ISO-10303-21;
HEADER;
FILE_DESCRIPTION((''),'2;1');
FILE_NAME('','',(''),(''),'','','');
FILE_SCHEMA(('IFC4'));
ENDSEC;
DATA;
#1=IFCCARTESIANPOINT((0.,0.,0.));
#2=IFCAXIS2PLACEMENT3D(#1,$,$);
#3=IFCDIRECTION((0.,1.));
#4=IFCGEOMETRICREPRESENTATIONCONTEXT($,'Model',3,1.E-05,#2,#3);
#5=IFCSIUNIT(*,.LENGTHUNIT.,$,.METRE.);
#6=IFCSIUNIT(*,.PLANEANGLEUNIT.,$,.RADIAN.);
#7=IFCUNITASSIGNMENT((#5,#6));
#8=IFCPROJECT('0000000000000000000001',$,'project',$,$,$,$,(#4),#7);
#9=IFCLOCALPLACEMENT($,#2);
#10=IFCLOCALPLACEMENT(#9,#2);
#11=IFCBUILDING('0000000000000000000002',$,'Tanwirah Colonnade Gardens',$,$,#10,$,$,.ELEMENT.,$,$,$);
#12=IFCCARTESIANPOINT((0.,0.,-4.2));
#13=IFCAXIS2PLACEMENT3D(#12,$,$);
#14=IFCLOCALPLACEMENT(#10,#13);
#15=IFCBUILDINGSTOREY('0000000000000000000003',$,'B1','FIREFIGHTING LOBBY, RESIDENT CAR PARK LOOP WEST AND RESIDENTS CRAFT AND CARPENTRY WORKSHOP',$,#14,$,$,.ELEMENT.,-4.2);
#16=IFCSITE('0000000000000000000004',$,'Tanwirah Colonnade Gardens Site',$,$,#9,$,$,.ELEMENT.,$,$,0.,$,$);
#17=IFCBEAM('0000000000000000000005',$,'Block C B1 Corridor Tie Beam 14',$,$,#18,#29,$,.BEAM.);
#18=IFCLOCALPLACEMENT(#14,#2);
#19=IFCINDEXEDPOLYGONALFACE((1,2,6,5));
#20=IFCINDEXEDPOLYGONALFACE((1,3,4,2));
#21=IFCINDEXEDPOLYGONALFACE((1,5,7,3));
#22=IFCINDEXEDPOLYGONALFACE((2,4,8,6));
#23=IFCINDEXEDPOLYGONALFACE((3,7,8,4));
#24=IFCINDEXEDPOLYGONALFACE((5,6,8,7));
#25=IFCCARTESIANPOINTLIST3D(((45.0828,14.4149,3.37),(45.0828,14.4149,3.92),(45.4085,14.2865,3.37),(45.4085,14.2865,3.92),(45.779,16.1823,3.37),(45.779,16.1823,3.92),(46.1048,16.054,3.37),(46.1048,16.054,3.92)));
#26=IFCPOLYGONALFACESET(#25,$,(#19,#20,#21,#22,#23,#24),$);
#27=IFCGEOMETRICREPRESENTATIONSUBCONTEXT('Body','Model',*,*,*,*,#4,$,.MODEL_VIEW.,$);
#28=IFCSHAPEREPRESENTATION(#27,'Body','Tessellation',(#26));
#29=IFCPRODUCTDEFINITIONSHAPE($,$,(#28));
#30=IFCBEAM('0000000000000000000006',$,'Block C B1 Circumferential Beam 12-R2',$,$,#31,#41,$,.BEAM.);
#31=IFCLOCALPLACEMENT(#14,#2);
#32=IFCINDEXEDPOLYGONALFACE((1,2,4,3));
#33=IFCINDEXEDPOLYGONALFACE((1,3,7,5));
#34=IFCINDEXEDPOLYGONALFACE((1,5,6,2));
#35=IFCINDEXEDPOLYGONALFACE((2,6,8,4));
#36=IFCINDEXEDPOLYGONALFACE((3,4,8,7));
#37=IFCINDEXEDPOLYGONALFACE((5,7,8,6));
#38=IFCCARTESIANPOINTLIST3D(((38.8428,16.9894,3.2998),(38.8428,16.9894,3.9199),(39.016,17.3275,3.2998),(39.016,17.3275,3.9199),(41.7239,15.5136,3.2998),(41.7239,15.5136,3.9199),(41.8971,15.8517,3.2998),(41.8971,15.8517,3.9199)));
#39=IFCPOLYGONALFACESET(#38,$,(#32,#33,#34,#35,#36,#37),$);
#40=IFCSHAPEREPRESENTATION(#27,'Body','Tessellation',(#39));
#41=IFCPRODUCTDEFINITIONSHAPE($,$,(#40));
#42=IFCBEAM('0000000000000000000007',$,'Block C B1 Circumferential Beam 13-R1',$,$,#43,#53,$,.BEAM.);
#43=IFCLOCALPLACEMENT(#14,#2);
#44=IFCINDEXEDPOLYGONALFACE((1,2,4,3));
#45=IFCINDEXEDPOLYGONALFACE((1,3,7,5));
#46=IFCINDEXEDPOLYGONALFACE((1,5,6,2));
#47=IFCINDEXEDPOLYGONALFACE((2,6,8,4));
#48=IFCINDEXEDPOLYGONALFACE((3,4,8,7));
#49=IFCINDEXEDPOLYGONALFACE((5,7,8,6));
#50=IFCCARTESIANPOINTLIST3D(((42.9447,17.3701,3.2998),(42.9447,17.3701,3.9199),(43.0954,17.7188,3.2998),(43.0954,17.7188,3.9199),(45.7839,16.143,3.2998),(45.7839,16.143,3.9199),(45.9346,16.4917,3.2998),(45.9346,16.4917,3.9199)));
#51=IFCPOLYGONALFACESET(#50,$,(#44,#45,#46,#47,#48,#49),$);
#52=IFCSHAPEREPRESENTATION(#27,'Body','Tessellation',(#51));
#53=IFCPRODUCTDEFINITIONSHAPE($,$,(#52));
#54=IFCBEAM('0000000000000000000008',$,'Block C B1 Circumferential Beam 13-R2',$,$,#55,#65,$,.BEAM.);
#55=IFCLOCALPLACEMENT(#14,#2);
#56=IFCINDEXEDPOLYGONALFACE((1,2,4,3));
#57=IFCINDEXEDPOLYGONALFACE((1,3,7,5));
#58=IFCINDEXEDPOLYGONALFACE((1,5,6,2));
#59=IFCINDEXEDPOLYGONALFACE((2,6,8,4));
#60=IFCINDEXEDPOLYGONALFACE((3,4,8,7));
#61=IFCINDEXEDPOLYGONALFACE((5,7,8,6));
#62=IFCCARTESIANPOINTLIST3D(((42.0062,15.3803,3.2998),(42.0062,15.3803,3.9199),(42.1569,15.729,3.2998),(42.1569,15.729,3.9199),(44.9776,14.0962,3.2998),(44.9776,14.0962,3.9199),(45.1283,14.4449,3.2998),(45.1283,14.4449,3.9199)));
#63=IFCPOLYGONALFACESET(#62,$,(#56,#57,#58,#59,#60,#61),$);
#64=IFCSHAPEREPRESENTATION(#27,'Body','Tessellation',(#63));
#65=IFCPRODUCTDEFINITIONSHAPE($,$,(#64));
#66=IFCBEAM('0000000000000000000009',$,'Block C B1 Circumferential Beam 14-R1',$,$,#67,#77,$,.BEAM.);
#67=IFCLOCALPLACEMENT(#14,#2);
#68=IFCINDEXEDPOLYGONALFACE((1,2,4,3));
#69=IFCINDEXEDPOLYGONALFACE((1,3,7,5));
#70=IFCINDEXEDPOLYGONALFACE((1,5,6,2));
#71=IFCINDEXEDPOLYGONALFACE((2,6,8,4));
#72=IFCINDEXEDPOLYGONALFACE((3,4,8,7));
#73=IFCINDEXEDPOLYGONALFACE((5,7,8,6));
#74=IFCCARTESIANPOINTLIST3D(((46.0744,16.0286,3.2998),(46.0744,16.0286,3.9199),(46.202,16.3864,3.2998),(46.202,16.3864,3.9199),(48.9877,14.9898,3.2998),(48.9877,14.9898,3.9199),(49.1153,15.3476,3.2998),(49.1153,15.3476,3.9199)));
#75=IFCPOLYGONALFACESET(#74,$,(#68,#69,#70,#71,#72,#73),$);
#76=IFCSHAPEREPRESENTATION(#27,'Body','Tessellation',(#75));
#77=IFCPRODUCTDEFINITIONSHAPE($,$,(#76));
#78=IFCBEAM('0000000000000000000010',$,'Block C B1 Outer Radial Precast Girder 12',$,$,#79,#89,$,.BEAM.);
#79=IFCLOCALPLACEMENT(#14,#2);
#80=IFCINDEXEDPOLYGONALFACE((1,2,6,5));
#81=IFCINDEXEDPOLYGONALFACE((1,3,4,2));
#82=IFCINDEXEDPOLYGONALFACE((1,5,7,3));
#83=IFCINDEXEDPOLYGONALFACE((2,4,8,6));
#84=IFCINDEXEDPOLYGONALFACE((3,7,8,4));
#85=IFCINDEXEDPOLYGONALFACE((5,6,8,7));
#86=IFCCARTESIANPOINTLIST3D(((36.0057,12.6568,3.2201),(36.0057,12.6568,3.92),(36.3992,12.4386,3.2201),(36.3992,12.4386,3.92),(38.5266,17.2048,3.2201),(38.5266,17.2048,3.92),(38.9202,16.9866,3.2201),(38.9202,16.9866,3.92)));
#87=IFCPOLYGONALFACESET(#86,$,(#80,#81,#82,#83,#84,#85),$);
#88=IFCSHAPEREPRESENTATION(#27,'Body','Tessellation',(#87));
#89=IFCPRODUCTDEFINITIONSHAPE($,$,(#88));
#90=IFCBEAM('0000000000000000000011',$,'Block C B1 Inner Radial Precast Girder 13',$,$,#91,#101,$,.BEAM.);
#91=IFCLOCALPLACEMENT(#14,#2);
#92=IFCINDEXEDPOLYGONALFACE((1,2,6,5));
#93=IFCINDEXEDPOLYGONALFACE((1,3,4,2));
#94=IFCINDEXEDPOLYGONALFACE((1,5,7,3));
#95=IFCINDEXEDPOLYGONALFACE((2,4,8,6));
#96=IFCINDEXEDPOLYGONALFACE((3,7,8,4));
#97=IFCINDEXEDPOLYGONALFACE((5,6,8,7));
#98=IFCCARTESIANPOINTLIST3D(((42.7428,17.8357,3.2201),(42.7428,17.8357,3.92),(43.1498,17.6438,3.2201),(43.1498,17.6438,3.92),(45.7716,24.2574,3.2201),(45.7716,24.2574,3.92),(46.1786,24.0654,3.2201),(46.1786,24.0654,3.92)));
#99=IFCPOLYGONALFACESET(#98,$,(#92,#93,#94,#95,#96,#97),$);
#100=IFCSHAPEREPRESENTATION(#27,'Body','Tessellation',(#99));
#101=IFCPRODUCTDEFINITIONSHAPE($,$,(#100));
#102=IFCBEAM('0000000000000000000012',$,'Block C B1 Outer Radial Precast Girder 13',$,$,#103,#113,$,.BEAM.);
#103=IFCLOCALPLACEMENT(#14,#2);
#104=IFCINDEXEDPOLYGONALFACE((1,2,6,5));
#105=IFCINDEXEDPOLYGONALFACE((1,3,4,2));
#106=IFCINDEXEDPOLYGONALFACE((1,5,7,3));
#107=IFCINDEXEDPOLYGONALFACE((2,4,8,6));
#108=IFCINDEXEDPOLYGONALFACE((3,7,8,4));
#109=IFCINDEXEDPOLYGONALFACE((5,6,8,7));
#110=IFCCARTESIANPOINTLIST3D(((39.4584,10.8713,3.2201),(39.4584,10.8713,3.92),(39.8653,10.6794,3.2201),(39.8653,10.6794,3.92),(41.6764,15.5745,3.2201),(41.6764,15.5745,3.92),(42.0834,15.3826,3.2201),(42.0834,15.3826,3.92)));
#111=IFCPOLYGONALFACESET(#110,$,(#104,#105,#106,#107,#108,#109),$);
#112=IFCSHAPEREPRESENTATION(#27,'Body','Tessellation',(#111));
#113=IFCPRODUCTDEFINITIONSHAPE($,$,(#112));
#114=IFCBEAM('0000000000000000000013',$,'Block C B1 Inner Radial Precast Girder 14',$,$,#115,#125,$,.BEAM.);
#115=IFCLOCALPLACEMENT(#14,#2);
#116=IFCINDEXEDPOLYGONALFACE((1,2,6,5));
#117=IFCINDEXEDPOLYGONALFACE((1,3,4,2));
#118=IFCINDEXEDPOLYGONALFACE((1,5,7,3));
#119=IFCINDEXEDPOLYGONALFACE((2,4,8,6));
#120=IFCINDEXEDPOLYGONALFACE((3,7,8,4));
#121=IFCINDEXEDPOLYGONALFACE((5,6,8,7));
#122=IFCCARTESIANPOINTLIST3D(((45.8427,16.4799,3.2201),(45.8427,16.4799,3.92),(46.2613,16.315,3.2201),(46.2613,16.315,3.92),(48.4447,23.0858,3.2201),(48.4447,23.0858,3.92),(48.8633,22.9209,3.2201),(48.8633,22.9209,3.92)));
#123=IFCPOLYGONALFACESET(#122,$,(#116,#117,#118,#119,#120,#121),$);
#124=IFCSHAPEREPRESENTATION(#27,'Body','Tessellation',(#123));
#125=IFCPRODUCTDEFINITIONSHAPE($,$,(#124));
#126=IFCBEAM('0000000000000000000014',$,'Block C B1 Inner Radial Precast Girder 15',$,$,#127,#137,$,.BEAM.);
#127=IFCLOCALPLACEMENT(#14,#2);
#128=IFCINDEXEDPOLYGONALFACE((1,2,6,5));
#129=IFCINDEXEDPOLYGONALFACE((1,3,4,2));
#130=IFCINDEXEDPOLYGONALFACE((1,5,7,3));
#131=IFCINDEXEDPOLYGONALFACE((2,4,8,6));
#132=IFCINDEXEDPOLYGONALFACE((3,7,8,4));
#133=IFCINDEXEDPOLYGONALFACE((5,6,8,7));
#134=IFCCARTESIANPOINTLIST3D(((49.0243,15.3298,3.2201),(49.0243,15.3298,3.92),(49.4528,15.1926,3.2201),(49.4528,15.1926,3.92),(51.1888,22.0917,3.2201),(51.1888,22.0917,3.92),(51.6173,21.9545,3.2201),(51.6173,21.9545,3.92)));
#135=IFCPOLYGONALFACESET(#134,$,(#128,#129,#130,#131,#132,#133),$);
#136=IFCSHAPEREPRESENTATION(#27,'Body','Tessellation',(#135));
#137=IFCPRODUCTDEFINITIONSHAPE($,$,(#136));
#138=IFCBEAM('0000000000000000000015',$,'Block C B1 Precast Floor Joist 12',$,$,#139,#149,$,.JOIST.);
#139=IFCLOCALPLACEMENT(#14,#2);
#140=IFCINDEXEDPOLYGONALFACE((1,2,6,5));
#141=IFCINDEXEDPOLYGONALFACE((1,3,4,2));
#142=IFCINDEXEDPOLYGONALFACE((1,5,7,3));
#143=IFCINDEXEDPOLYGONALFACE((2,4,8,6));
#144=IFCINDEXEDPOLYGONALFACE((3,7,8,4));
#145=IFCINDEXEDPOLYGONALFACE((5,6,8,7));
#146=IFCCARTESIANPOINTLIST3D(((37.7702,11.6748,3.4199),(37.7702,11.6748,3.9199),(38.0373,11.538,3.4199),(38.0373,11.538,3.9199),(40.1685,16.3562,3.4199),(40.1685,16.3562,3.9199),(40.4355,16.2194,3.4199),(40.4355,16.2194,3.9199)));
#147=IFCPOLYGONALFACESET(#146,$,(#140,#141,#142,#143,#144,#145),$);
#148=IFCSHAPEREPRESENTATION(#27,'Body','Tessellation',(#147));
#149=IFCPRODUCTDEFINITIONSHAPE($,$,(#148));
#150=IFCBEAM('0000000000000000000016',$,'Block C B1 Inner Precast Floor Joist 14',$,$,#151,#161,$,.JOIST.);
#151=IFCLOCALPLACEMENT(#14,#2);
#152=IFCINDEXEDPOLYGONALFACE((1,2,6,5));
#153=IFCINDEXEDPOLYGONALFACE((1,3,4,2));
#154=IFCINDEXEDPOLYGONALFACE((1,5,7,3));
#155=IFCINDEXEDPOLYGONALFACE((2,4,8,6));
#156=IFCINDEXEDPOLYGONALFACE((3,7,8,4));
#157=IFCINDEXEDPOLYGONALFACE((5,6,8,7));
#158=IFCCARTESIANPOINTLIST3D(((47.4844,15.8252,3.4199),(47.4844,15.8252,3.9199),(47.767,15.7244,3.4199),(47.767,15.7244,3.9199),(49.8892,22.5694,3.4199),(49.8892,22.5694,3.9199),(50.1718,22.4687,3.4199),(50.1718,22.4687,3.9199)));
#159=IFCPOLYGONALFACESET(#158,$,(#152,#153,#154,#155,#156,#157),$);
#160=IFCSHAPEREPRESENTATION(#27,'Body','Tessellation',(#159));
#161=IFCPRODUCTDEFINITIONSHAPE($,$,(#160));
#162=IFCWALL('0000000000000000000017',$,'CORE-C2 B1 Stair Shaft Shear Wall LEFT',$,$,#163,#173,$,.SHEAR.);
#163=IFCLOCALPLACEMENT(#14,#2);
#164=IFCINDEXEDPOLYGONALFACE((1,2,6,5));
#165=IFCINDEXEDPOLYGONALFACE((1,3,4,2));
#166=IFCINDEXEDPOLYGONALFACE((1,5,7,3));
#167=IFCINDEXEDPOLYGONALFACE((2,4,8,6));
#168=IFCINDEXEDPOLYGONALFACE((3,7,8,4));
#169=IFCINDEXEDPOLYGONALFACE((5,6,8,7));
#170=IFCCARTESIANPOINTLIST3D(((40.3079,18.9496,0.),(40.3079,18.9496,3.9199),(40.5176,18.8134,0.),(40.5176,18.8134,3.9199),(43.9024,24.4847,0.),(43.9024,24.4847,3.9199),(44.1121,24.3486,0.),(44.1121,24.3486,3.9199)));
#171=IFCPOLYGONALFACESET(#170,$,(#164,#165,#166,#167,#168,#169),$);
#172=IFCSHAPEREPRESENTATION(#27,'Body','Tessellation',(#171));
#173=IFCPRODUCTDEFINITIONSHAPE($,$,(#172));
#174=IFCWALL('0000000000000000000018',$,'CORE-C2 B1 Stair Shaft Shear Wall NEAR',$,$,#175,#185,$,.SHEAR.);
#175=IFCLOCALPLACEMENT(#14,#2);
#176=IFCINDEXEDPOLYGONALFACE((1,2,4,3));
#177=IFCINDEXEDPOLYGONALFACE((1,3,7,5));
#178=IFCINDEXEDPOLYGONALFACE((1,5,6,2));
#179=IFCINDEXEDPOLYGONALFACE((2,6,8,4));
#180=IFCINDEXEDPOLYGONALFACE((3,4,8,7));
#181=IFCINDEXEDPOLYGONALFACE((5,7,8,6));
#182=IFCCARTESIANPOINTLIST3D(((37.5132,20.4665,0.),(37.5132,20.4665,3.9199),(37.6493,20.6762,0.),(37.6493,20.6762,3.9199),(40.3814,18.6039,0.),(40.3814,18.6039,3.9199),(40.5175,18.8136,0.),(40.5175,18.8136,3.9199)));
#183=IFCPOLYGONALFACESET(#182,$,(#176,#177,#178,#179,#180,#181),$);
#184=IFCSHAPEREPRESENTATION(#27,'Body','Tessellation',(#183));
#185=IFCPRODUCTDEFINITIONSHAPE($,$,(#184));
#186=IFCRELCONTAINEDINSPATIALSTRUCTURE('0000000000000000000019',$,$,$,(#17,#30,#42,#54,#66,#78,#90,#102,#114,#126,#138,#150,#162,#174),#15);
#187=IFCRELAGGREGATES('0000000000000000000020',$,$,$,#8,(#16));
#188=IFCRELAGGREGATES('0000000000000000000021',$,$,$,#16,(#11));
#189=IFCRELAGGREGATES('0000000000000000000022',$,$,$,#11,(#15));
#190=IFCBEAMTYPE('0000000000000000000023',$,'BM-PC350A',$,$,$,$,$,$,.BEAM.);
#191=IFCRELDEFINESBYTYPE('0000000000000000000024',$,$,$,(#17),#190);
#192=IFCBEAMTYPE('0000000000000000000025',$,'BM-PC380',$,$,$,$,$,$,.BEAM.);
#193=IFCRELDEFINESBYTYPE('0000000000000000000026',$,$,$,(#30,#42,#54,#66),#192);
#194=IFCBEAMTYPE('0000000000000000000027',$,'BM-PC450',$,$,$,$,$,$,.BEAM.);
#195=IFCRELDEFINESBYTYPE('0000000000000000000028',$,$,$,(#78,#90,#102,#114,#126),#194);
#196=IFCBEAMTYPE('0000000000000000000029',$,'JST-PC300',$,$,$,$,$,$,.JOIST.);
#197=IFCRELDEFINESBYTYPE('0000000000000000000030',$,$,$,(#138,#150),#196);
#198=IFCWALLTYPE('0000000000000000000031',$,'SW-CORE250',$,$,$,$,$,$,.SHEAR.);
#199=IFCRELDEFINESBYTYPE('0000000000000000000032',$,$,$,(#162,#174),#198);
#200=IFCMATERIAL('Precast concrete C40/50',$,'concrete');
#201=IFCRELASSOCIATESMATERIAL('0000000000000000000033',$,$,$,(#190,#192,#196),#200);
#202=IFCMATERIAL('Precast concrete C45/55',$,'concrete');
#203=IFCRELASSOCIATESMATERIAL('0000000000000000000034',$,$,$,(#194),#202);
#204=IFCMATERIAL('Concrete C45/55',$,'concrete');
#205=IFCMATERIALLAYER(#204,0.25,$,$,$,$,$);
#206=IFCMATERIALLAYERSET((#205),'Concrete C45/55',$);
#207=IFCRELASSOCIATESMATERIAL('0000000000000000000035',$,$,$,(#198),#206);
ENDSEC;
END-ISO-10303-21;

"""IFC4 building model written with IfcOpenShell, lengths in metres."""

from ifc_helpers import new_model, si_unit, direction, frame, frame_2d, origin, origin_2d, place, context, subcontext, project, spatial, rectangle, extrude, material, layer, layer_set, material_profile, profile_set, type_object, element, save


model = new_model("IFC4")

# Units and contexts
model_context = context("Model", 3, precision=1e-05, world=origin(), true_north=direction((0.0, 1.0)))
body_context = subcontext(model_context, "Body", "Model", "MODEL_VIEW")
ifc_project = project(units=[si_unit("LENGTHUNIT", "METRE"), si_unit("PLANEANGLEUNIT", "RADIAN")], contexts=[model_context])

# Site, building, storey
site_placement = place(None, origin())
site = spatial("IfcSite", under=ifc_project, at=site_placement, Name="Tanwirah Colonnade Gardens Site", CompositionType="ELEMENT", RefElevation=0.0)
building_placement = place(site_placement, origin())
building = spatial("IfcBuilding", under=site, at=building_placement, Name="Tanwirah Colonnade Gardens", CompositionType="ELEMENT")
storey_placement = place(building_placement, frame((0.0, 0.0, -4.2)))
storey = spatial("IfcBuildingStorey", under=building, at=storey_placement, Name="B1", Description="FIREFIGHTING LOBBY, RESIDENT CAR PARK LOOP WEST AND RESIDENTS CRAFT AND CARPENTRY WORKSHOP", CompositionType="ELEMENT", Elevation=-4.2)

# Shared definitions
ifc_material_1 = material(Name="Concrete C45/55", Category="concrete")

# Beams
ifc_material_2 = material(Name="Precast concrete C40/50", Category="concrete")
ifc_material_profile_1 = material_profile(ifc_material_2, rectangle(XDim=0.3501, YDim=0.55, at=origin_2d()), Name="PC-BM 350x550")
ifc_profile_set_1 = profile_set([ifc_material_profile_1], Name="Precast concrete C40/50")
beam_type_1 = type_object("IfcBeamType", Name="BM-PC350A", PredefinedType="BEAM", material=ifc_profile_set_1)
beam_1_placement = place(storey_placement, frame((45.9419, 16.1182, 3.645), z_axis=(-0.366511, -0.930414, 0.0), x_axis=(0.930414, -0.366511, 0.0)))
element("IfcBeam", 1, at=beam_1_placement, inside=storey, type_object=beam_type_1, Name="Block C B1 Corridor Tie Beam 14", PredefinedType="BEAM", context=body_context, shape_type="SweptSolid", body=[
    extrude(rectangle(XDim=0.3501, YDim=0.55, at=origin_2d()), origin(), (0.0, 0.0, 1.0), 1.8997),
])
ifc_material_profile_2 = material_profile(ifc_material_2, rectangle(XDim=0.3799, YDim=0.6201, at=origin_2d()), Name="PC-BM 380x620")
ifc_profile_set_2 = profile_set([ifc_material_profile_2], Name="Precast concrete C40/50")
beam_type_2 = type_object("IfcBeamType", Name="BM-PC380", PredefinedType="BEAM", material=ifc_profile_set_2)
beam_2_placement = place(storey_placement, frame((38.9294, 17.1584, 3.6099), z_axis=(0.890025, -0.455911, 0.0), x_axis=(0.455911, 0.890025, 0.0)))
element("IfcBeam", 2, at=beam_2_placement, inside=storey, type_object=beam_type_2, Name="Block C B1 Circumferential Beam 12-R2", PredefinedType="BEAM", context=body_context, shape_type="SweptSolid", body=[
    extrude(rectangle(XDim=0.3799, YDim=0.6201, at=origin_2d()), origin(), (0.0, 0.0, 1.0), 3.2371),
])
beam_3_placement = place(storey_placement, frame((43.02, 17.5444, 3.6099), z_axis=(0.917936, -0.396728, 0.0), x_axis=(0.396728, 0.917936, 0.0)))
element("IfcBeam", 3, at=beam_3_placement, inside=storey, type_object=beam_type_2, Name="Block C B1 Circumferential Beam 13-R1", PredefinedType="BEAM", context=body_context, shape_type="SweptSolid", body=[
    extrude(rectangle(XDim=0.3799, YDim=0.6201, at=origin_2d()), origin(), (0.0, 0.0, 1.0), 3.093),
])
beam_4_placement = place(storey_placement, frame((42.0815, 15.5547, 3.6099), z_axis=(0.917943, -0.396712, 0.0), x_axis=(0.396712, 0.917943, 0.0)))
element("IfcBeam", 4, at=beam_4_placement, inside=storey, type_object=beam_type_2, Name="Block C B1 Circumferential Beam 13-R2", PredefinedType="BEAM", context=body_context, shape_type="SweptSolid", body=[
    extrude(rectangle(XDim=0.3799, YDim=0.6201, at=origin_2d()), origin(), (0.0, 0.0, 1.0), 3.2371),
])
beam_5_placement = place(storey_placement, frame((46.1382, 16.2075, 3.6099), z_axis=(0.941911, -0.335861, 0.0), x_axis=(0.335861, 0.941911, 0.0)))
element("IfcBeam", 5, at=beam_5_placement, inside=storey, type_object=beam_type_2, Name="Block C B1 Circumferential Beam 14-R1", PredefinedType="BEAM", context=body_context, shape_type="SweptSolid", body=[
    extrude(rectangle(XDim=0.3799, YDim=0.6201, at=origin_2d()), origin(), (0.0, 0.0, 1.0), 3.093),
])
ifc_material_3 = material(Name="Precast concrete C45/55", Category="concrete")
ifc_material_profile_3 = material_profile(ifc_material_3, rectangle(XDim=0.45, YDim=0.7, at=origin_2d()), Name="PC-BM 450x700")
ifc_profile_set_3 = profile_set([ifc_material_profile_3], Name="Precast concrete C45/55")
beam_type_3 = type_object("IfcBeamType", Name="BM-PC450", PredefinedType="BEAM", material=ifc_profile_set_3)
beam_6_placement = place(storey_placement, frame((38.7234, 17.0957, 3.5701), z_axis=(-0.484802, -0.874624, 0.0), x_axis=(0.874624, -0.484802, 0.0)))
element("IfcBeam", 6, at=beam_6_placement, inside=storey, type_object=beam_type_3, Name="Block C B1 Outer Radial Precast Girder 12", PredefinedType="BEAM", context=body_context, shape_type="SweptSolid", body=[
    extrude(rectangle(XDim=0.45, YDim=0.7, at=origin_2d()), origin(), (0.0, 0.0, 1.0), 5.2),
])
beam_7_placement = place(storey_placement, frame((42.9463, 17.7397, 3.5701), z_axis=(0.426588, 0.904446, 0.0), x_axis=(-0.904446, 0.426588, 0.0)))
element("IfcBeam", 7, at=beam_7_placement, inside=storey, type_object=beam_type_3, Name="Block C B1 Inner Radial Precast Girder 13", PredefinedType="BEAM", context=body_context, shape_type="SweptSolid", body=[
    extrude(rectangle(XDim=0.45, YDim=0.7, at=origin_2d()), origin(), (0.0, 0.0, 1.0), 7.1001),
])
beam_8_placement = place(storey_placement, frame((41.8799, 15.4785, 3.5701), z_axis=(-0.42655, -0.904464, 0.0), x_axis=(0.904464, -0.42655, 0.0)))
element("IfcBeam", 8, at=beam_8_placement, inside=storey, type_object=beam_type_3, Name="Block C B1 Outer Radial Precast Girder 13", PredefinedType="BEAM", context=body_context, shape_type="SweptSolid", body=[
    extrude(rectangle(XDim=0.45, YDim=0.7, at=origin_2d()), origin(), (0.0, 0.0, 1.0), 5.2),
])
for number, where, z_axis, x_axis, name in (
    (9, (46.052, 16.3975, 3.5701), (0.366488, 0.930423, 0.0), (-0.930423, 0.366488, 0.0), "Block C B1 Inner Radial Precast Girder 14"),
    (10, (49.2385, 15.2612, 3.5701), (0.304868, 0.952395, 0.0), (-0.952395, 0.304868, 0.0), "Block C B1 Inner Radial Precast Girder 15"),
):
    element("IfcBeam", number, at=place(storey_placement, frame(where, z_axis=z_axis, x_axis=x_axis)), inside=storey, type_object=beam_type_3, Name=name, PredefinedType="BEAM", context=body_context, shape_type="SweptSolid", body=[
        extrude(rectangle(XDim=0.45, YDim=0.7, at=origin_2d()), origin(), (0.0, 0.0, 1.0), 7.0999),
    ])
ifc_material_profile_4 = material_profile(ifc_material_2, rectangle(XDim=0.3, YDim=0.5, at=origin_2d()), Name="PC-JST 300x500")
ifc_profile_set_4 = profile_set([ifc_material_profile_4], Name="Precast concrete C40/50")
beam_type_4 = type_object("IfcBeamType", Name="JST-PC300", PredefinedType="JOIST", material=ifc_profile_set_4)
beam_9_placement = place(storey_placement, frame((40.302, 16.2878, 3.6699), z_axis=(-0.455937, -0.890012, 0.0), x_axis=(0.890012, -0.455937, 0.0)))
element("IfcBeam", 11, at=beam_9_placement, inside=storey, type_object=beam_type_4, Name="Block C B1 Precast Floor Joist 12", PredefinedType="JOIST", context=body_context, shape_type="SweptSolid", body=[
    extrude(rectangle(XDim=0.3, YDim=0.5, at=origin_2d()), origin(), (0.0, 0.0, 1.0), 5.26),
])
beam_10_placement = place(storey_placement, frame((50.0305, 22.519, 3.6699), z_axis=(-0.335861, -0.941912, 0.0), x_axis=(0.941912, -0.335861, 0.0)))
element("IfcBeam", 12, at=beam_10_placement, inside=storey, type_object=beam_type_4, Name="Block C B1 Inner Precast Floor Joist 14", PredefinedType="JOIST", context=body_context, shape_type="SweptSolid", body=[
    extrude(rectangle(XDim=0.3, YDim=0.5, at=origin_2d()), origin(), (0.0, 0.0, 1.0), 7.1602),
])

# Walls
ifc_layer_1 = layer(ifc_material_1, 0.25)
ifc_layer_set_1 = layer_set([ifc_layer_1], Name="Concrete C45/55")
wall_type = type_object("IfcWallType", Name="SW-CORE250", PredefinedType="SHEAR", material=ifc_layer_set_1)
wall_1_placement = place(storey_placement, frame((40.4128, 18.8816, 0.0), z_axis=(0.0, 0.0, 1.0), x_axis=(0.544629, 0.838677, 0.0)))
element("IfcWall", 13, at=wall_1_placement, inside=storey, type_object=wall_type, Name="CORE-C2 B1 Stair Shaft Shear Wall LEFT", PredefinedType="SHEAR", context=body_context, shape_type="SweptSolid", body=[
    extrude(rectangle(XDim=6.5999, YDim=0.25, at=frame_2d((3.2998, 0.0))), origin(), (0.0, 0.0, 1.0), 3.9199),
])
wall_2_placement = place(storey_placement, frame((40.4495, 18.7087, 0.0), z_axis=(0.0, 0.0, 1.0), x_axis=(-0.838678, 0.544627, 0.0)))
element("IfcWall", 14, at=wall_2_placement, inside=storey, type_object=wall_type, Name="CORE-C2 B1 Stair Shaft Shear Wall NEAR", PredefinedType="SHEAR", context=body_context, shape_type="SweptSolid", body=[
    extrude(rectangle(XDim=3.4199, YDim=0.25, at=frame_2d((1.71, 0.0))), origin(), (0.0, 0.0, 1.0), 3.9199),
])

save(model, "model.ifc")
